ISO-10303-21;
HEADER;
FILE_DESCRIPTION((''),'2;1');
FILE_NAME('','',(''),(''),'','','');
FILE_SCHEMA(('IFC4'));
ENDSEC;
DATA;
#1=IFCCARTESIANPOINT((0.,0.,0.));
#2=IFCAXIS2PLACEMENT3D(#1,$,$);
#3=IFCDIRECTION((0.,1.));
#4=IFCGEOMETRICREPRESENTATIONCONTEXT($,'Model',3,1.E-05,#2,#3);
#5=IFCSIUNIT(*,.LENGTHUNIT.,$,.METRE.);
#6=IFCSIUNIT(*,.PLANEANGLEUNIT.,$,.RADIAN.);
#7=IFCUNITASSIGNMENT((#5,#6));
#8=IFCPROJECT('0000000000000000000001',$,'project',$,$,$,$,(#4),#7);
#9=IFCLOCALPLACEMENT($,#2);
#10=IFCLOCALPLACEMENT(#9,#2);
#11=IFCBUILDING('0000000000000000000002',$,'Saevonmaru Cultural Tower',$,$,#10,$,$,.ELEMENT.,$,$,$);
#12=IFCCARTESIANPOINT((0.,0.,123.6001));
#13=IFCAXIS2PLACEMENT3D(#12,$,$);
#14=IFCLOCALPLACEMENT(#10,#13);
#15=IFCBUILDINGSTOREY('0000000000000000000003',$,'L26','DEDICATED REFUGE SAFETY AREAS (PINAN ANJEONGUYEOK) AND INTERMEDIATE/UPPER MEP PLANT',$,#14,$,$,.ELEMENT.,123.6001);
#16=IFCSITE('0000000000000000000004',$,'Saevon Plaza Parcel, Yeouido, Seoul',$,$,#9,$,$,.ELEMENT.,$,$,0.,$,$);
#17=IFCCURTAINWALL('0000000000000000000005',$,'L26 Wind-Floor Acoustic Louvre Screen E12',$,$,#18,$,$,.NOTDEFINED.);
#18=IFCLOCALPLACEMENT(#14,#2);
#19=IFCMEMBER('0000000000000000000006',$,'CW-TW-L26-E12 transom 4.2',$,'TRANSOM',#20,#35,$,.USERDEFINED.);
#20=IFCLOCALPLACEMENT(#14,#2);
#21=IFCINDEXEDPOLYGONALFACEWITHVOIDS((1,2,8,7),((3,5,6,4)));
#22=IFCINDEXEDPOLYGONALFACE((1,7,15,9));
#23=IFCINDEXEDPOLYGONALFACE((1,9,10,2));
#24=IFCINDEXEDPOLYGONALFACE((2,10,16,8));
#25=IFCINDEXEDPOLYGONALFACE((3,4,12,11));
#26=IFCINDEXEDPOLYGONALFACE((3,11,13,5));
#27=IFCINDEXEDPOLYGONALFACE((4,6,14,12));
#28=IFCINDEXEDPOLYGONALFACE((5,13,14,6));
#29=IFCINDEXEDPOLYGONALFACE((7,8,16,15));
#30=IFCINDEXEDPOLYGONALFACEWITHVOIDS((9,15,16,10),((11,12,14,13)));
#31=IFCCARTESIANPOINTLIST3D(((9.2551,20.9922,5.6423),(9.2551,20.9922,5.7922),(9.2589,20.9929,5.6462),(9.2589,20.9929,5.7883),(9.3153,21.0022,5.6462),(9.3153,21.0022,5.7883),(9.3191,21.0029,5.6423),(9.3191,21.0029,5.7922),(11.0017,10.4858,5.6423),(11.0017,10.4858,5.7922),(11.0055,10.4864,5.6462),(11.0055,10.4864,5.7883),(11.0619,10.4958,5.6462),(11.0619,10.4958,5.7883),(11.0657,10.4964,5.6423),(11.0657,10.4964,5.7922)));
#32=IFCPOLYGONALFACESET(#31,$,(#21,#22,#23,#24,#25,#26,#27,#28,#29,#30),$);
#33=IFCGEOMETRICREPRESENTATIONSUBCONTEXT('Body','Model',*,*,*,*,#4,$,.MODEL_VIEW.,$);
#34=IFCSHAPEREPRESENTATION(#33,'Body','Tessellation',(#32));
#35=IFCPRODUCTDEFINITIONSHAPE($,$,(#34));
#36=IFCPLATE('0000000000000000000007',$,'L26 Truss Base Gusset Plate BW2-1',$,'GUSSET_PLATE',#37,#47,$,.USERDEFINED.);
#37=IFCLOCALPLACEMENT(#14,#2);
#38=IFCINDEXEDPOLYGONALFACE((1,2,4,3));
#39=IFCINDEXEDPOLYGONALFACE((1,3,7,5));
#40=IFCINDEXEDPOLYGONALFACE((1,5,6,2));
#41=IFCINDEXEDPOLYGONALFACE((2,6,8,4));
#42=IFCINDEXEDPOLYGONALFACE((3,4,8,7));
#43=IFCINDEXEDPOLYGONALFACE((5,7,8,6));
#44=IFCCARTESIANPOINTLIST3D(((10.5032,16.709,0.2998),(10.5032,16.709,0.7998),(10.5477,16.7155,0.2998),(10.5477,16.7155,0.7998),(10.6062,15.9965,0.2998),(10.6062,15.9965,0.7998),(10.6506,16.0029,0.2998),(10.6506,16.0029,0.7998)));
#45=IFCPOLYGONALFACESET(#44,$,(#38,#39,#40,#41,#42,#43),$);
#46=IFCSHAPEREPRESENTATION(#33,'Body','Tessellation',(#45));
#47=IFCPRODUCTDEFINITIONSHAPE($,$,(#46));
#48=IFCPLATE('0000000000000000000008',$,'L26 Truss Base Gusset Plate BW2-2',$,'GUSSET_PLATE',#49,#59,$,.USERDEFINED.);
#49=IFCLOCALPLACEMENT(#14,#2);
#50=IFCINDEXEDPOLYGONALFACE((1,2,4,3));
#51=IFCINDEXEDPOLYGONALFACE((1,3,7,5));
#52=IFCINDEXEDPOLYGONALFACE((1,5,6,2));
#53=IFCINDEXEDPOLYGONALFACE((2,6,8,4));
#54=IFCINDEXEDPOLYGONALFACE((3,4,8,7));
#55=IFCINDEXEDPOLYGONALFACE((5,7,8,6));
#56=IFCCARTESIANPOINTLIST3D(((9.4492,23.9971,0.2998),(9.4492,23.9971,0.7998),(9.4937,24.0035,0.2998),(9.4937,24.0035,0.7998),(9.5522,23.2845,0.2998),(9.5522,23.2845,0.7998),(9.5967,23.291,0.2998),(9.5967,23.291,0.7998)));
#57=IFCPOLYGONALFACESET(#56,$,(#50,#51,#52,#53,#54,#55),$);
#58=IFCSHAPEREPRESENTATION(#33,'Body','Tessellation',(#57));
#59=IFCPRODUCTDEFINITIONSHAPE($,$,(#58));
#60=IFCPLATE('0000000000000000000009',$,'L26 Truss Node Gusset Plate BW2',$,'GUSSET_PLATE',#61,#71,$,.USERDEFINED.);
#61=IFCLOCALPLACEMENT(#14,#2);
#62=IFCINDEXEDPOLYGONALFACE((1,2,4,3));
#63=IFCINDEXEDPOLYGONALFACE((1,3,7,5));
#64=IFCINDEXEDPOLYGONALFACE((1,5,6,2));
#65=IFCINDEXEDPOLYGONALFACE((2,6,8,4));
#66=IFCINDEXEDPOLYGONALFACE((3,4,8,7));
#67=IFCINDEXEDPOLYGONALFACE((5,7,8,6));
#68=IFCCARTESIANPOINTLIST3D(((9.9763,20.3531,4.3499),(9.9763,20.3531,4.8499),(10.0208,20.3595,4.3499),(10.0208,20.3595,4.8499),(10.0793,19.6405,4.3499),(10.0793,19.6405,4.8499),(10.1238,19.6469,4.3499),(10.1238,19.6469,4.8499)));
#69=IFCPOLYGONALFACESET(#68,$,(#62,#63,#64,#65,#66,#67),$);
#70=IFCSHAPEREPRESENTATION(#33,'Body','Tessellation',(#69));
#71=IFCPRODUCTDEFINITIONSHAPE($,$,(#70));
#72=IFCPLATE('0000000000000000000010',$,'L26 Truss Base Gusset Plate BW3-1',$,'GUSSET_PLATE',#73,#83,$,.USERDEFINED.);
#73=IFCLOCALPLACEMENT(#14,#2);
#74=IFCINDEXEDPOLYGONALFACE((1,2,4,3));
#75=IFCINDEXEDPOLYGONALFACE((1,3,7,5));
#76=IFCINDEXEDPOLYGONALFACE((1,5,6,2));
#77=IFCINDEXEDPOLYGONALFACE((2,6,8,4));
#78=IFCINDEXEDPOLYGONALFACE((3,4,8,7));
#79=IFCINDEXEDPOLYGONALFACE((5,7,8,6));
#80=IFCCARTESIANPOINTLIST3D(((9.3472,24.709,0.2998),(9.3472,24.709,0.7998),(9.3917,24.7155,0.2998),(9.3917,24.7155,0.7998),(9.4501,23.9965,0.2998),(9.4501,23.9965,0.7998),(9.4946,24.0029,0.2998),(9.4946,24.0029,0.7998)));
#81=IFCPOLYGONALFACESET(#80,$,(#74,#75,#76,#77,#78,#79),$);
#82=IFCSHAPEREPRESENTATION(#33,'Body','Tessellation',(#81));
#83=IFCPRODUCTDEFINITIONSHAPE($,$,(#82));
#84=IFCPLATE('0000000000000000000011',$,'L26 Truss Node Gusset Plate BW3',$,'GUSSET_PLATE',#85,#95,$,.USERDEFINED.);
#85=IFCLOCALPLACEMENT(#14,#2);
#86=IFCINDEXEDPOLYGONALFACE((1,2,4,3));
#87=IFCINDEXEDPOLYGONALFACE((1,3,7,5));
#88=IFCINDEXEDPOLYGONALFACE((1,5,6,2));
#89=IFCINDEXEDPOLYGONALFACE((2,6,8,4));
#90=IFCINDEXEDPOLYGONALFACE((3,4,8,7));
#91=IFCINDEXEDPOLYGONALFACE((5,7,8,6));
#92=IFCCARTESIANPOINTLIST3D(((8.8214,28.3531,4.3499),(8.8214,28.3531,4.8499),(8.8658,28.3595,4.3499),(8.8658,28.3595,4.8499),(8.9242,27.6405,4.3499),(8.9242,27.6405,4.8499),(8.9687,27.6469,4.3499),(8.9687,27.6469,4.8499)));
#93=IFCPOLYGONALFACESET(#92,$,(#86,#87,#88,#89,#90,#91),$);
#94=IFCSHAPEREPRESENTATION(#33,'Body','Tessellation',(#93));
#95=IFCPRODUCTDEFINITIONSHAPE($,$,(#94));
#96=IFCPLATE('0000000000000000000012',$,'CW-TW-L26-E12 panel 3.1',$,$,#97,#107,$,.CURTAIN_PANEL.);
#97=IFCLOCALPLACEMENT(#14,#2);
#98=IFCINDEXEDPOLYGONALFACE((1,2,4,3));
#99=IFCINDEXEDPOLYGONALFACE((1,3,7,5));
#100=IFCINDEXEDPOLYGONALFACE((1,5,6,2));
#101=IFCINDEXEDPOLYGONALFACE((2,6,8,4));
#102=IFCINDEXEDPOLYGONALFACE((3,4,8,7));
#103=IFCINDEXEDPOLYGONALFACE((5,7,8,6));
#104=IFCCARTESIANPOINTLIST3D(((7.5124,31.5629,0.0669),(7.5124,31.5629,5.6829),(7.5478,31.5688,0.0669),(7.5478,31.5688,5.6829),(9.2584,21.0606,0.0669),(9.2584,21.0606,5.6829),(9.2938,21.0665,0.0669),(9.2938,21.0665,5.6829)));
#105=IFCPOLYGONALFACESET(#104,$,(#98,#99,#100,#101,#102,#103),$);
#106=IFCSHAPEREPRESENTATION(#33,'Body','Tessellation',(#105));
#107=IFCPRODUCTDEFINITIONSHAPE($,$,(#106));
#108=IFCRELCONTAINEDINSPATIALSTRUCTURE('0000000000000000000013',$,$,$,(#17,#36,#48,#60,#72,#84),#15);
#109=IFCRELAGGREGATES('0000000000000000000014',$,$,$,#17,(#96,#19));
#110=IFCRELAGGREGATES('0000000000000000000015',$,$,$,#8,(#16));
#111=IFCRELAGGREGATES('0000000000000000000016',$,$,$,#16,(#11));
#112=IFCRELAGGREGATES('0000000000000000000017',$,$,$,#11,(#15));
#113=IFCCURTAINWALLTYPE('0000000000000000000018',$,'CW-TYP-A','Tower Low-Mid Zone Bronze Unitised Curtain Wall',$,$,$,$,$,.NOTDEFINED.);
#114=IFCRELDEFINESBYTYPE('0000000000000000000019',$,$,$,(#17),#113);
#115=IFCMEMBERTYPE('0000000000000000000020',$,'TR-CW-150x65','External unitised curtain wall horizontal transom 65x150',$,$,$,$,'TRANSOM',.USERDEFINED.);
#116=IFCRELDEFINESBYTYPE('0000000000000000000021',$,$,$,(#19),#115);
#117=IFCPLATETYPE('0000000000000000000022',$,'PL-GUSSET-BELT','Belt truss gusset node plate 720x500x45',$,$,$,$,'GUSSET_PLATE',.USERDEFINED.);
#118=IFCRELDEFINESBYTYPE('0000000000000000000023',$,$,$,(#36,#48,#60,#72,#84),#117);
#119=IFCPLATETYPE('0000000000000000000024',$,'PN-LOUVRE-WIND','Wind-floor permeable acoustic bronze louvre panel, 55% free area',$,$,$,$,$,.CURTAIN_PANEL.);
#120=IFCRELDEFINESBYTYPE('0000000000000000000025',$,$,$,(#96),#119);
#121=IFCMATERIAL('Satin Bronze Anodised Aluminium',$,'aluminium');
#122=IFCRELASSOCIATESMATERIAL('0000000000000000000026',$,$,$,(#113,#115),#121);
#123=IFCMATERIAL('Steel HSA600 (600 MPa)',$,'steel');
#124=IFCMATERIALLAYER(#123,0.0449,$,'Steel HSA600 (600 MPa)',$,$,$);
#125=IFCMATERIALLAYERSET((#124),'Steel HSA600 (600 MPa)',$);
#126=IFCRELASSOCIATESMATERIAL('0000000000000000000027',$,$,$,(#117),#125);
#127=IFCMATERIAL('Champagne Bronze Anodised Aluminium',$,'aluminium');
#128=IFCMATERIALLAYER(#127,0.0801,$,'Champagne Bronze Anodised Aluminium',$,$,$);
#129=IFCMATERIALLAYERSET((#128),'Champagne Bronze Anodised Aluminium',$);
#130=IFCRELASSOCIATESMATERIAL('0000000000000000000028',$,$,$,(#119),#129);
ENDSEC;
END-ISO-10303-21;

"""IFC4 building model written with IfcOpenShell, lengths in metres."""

from ifc_helpers import new_model, si_unit, direction, frame, origin, origin_2d, place, context, subcontext, project, spatial, rectangle, hollow_rectangle, extrude, material, layer, layer_set, material_profile, profile_set, type_object, element, aggregate, save


model = new_model("IFC4")

# Units and contexts
model_context = context("Model", 3, precision=1e-05, world=origin(), true_north=direction((0.0, 1.0)))
body_context = subcontext(model_context, "Body", "Model", "MODEL_VIEW")
ifc_project = project(units=[si_unit("LENGTHUNIT", "METRE"), si_unit("PLANEANGLEUNIT", "RADIAN")], contexts=[model_context])

# Site, building, storey
site_placement = place(None, origin())
site = spatial("IfcSite", under=ifc_project, at=site_placement, Name="Saevon Plaza Parcel, Yeouido, Seoul", CompositionType="ELEMENT", RefElevation=0.0)
building_placement = place(site_placement, origin())
building = spatial("IfcBuilding", under=site, at=building_placement, Name="Saevonmaru Cultural Tower", CompositionType="ELEMENT")
storey_placement = place(building_placement, frame((0.0, 0.0, 123.6001)))
storey = spatial("IfcBuildingStorey", under=building, at=storey_placement, Name="L26", Description="DEDICATED REFUGE SAFETY AREAS (PINAN ANJEONGUYEOK) AND INTERMEDIATE/UPPER MEP PLANT", CompositionType="ELEMENT", Elevation=123.6001)

# Curtain wall, member
ifc_material_1 = material(Name="Satin Bronze Anodised Aluminium", Category="aluminium")
curtain_wall_type = type_object("IfcCurtainWallType", Name="CW-TYP-A", Description="Tower Low-Mid Zone Bronze Unitised Curtain Wall", PredefinedType="NOTDEFINED", material=ifc_material_1)
curtain_wall_placement = place(storey_placement, origin())
curtain_wall = element("IfcCurtainWall", 1, at=curtain_wall_placement, inside=storey, type_object=curtain_wall_type, Name="L26 Wind-Floor Acoustic Louvre Screen E12", PredefinedType="NOTDEFINED")
ifc_material_profile_1 = material_profile(ifc_material_1, hollow_rectangle(XDim=0.0649, YDim=0.1499, WallThickness=0.0039, at=origin_2d()), Name="ALU-TRAN-150x65x4")
ifc_profile_set_1 = profile_set([ifc_material_profile_1], Name="Satin Bronze Anodised Aluminium")
member_type_1 = type_object("IfcMemberType", Name="TR-CW-150x65", Description="External unitised curtain wall horizontal transom 65x150", ElementType="TRANSOM", PredefinedType="USERDEFINED", material=ifc_profile_set_1)
member_1_placement = place(storey_placement, frame((9.2871, 20.9976, 5.7173), z_axis=(0.16399, -0.986462, 0.0), x_axis=(0.986462, 0.16399, 0.0)))
member_1 = element("IfcMember", 2, at=member_1_placement, type_object=member_type_1, Name="CW-TW-L26-E12 transom 4.2", ObjectType="TRANSOM", PredefinedType="USERDEFINED", context=body_context, shape_type="SweptSolid", body=[
    extrude(hollow_rectangle(XDim=0.0649, YDim=0.1499, WallThickness=0.0039, at=origin_2d()), origin(), (0.0, 0.0, 1.0), 10.6506),
])

# Plates
ifc_material_2 = material(Name="Steel HSA600 (600 MPa)", Category="steel")
ifc_layer_1 = layer(ifc_material_2, 0.0449, Name="Steel HSA600 (600 MPa)")
ifc_layer_set_1 = layer_set([ifc_layer_1], Name="Steel HSA600 (600 MPa)")
plate_type_1 = type_object("IfcPlateType", Name="PL-GUSSET-BELT", Description="Belt truss gusset node plate 720x500x45", ElementType="GUSSET_PLATE", PredefinedType="USERDEFINED", material=ifc_layer_set_1)
for number, where, z_axis, x_axis, name in (
    (3, (10.5769, 16.356, 0.2998), (0.0, 0.0, 1.0), (-0.143009, 0.989721, 0.0), "L26 Truss Base Gusset Plate BW2-1"),
    (4, (9.5229, 23.644, 0.2998), (0.0, 0.0, 1.0), (-0.143009, 0.989721, 0.0), "L26 Truss Base Gusset Plate BW2-2"),
    (5, (10.05, 20.0, 4.3499), (0.0, 0.0, 1.0), (-0.143009, 0.989721, 0.0), "L26 Truss Node Gusset Plate BW2"),
    (6, (9.4209, 24.356, 0.2998), (0.0, 0.0, 1.0), (-0.142888, 0.989739, 0.0), "L26 Truss Base Gusset Plate BW3-1"),
    (7, (8.895, 28.0, 4.3499), (0.0, 0.0, 1.0), (-0.142888, 0.989739, 0.0), "L26 Truss Node Gusset Plate BW3"),
):
    element("IfcPlate", number, at=place(storey_placement, frame(where, z_axis=z_axis, x_axis=x_axis)), inside=storey, type_object=plate_type_1, Name=name, ObjectType="GUSSET_PLATE", PredefinedType="USERDEFINED", context=body_context, shape_type="SweptSolid", body=[
        extrude(rectangle(XDim=0.72, YDim=0.0449, at=origin_2d()), origin(), (0.0, 0.0, 1.0), 0.5),
    ])

# Plate
ifc_material_3 = material(Name="Champagne Bronze Anodised Aluminium", Category="aluminium")
ifc_layer_2 = layer(ifc_material_3, 0.0801, Name="Champagne Bronze Anodised Aluminium")
ifc_layer_set_2 = layer_set([ifc_layer_2], Name="Champagne Bronze Anodised Aluminium")
plate_type_2 = type_object("IfcPlateType", Name="PN-LOUVRE-WIND", Description="Wind-floor permeable acoustic bronze louvre panel, 55% free area", PredefinedType="CURTAIN_PANEL", material=ifc_layer_set_2)
plate_placement = place(storey_placement, frame((8.4031, 26.3147, 0.0669), z_axis=(0.0, 0.0, 1.0), x_axis=(0.163999, -0.986461, 0.0)))
plate = element("IfcPlate", 8, at=plate_placement, type_object=plate_type_2, Name="CW-TW-L26-E12 panel 3.1", PredefinedType="CURTAIN_PANEL", context=body_context, shape_type="SweptSolid", body=[
    extrude(rectangle(XDim=10.6465, YDim=0.0359, at=origin_2d()), origin(), (0.0, 0.0, 1.0), 5.616),
])
aggregate(curtain_wall, [plate, member_1])

save(model, "model.ifc")
